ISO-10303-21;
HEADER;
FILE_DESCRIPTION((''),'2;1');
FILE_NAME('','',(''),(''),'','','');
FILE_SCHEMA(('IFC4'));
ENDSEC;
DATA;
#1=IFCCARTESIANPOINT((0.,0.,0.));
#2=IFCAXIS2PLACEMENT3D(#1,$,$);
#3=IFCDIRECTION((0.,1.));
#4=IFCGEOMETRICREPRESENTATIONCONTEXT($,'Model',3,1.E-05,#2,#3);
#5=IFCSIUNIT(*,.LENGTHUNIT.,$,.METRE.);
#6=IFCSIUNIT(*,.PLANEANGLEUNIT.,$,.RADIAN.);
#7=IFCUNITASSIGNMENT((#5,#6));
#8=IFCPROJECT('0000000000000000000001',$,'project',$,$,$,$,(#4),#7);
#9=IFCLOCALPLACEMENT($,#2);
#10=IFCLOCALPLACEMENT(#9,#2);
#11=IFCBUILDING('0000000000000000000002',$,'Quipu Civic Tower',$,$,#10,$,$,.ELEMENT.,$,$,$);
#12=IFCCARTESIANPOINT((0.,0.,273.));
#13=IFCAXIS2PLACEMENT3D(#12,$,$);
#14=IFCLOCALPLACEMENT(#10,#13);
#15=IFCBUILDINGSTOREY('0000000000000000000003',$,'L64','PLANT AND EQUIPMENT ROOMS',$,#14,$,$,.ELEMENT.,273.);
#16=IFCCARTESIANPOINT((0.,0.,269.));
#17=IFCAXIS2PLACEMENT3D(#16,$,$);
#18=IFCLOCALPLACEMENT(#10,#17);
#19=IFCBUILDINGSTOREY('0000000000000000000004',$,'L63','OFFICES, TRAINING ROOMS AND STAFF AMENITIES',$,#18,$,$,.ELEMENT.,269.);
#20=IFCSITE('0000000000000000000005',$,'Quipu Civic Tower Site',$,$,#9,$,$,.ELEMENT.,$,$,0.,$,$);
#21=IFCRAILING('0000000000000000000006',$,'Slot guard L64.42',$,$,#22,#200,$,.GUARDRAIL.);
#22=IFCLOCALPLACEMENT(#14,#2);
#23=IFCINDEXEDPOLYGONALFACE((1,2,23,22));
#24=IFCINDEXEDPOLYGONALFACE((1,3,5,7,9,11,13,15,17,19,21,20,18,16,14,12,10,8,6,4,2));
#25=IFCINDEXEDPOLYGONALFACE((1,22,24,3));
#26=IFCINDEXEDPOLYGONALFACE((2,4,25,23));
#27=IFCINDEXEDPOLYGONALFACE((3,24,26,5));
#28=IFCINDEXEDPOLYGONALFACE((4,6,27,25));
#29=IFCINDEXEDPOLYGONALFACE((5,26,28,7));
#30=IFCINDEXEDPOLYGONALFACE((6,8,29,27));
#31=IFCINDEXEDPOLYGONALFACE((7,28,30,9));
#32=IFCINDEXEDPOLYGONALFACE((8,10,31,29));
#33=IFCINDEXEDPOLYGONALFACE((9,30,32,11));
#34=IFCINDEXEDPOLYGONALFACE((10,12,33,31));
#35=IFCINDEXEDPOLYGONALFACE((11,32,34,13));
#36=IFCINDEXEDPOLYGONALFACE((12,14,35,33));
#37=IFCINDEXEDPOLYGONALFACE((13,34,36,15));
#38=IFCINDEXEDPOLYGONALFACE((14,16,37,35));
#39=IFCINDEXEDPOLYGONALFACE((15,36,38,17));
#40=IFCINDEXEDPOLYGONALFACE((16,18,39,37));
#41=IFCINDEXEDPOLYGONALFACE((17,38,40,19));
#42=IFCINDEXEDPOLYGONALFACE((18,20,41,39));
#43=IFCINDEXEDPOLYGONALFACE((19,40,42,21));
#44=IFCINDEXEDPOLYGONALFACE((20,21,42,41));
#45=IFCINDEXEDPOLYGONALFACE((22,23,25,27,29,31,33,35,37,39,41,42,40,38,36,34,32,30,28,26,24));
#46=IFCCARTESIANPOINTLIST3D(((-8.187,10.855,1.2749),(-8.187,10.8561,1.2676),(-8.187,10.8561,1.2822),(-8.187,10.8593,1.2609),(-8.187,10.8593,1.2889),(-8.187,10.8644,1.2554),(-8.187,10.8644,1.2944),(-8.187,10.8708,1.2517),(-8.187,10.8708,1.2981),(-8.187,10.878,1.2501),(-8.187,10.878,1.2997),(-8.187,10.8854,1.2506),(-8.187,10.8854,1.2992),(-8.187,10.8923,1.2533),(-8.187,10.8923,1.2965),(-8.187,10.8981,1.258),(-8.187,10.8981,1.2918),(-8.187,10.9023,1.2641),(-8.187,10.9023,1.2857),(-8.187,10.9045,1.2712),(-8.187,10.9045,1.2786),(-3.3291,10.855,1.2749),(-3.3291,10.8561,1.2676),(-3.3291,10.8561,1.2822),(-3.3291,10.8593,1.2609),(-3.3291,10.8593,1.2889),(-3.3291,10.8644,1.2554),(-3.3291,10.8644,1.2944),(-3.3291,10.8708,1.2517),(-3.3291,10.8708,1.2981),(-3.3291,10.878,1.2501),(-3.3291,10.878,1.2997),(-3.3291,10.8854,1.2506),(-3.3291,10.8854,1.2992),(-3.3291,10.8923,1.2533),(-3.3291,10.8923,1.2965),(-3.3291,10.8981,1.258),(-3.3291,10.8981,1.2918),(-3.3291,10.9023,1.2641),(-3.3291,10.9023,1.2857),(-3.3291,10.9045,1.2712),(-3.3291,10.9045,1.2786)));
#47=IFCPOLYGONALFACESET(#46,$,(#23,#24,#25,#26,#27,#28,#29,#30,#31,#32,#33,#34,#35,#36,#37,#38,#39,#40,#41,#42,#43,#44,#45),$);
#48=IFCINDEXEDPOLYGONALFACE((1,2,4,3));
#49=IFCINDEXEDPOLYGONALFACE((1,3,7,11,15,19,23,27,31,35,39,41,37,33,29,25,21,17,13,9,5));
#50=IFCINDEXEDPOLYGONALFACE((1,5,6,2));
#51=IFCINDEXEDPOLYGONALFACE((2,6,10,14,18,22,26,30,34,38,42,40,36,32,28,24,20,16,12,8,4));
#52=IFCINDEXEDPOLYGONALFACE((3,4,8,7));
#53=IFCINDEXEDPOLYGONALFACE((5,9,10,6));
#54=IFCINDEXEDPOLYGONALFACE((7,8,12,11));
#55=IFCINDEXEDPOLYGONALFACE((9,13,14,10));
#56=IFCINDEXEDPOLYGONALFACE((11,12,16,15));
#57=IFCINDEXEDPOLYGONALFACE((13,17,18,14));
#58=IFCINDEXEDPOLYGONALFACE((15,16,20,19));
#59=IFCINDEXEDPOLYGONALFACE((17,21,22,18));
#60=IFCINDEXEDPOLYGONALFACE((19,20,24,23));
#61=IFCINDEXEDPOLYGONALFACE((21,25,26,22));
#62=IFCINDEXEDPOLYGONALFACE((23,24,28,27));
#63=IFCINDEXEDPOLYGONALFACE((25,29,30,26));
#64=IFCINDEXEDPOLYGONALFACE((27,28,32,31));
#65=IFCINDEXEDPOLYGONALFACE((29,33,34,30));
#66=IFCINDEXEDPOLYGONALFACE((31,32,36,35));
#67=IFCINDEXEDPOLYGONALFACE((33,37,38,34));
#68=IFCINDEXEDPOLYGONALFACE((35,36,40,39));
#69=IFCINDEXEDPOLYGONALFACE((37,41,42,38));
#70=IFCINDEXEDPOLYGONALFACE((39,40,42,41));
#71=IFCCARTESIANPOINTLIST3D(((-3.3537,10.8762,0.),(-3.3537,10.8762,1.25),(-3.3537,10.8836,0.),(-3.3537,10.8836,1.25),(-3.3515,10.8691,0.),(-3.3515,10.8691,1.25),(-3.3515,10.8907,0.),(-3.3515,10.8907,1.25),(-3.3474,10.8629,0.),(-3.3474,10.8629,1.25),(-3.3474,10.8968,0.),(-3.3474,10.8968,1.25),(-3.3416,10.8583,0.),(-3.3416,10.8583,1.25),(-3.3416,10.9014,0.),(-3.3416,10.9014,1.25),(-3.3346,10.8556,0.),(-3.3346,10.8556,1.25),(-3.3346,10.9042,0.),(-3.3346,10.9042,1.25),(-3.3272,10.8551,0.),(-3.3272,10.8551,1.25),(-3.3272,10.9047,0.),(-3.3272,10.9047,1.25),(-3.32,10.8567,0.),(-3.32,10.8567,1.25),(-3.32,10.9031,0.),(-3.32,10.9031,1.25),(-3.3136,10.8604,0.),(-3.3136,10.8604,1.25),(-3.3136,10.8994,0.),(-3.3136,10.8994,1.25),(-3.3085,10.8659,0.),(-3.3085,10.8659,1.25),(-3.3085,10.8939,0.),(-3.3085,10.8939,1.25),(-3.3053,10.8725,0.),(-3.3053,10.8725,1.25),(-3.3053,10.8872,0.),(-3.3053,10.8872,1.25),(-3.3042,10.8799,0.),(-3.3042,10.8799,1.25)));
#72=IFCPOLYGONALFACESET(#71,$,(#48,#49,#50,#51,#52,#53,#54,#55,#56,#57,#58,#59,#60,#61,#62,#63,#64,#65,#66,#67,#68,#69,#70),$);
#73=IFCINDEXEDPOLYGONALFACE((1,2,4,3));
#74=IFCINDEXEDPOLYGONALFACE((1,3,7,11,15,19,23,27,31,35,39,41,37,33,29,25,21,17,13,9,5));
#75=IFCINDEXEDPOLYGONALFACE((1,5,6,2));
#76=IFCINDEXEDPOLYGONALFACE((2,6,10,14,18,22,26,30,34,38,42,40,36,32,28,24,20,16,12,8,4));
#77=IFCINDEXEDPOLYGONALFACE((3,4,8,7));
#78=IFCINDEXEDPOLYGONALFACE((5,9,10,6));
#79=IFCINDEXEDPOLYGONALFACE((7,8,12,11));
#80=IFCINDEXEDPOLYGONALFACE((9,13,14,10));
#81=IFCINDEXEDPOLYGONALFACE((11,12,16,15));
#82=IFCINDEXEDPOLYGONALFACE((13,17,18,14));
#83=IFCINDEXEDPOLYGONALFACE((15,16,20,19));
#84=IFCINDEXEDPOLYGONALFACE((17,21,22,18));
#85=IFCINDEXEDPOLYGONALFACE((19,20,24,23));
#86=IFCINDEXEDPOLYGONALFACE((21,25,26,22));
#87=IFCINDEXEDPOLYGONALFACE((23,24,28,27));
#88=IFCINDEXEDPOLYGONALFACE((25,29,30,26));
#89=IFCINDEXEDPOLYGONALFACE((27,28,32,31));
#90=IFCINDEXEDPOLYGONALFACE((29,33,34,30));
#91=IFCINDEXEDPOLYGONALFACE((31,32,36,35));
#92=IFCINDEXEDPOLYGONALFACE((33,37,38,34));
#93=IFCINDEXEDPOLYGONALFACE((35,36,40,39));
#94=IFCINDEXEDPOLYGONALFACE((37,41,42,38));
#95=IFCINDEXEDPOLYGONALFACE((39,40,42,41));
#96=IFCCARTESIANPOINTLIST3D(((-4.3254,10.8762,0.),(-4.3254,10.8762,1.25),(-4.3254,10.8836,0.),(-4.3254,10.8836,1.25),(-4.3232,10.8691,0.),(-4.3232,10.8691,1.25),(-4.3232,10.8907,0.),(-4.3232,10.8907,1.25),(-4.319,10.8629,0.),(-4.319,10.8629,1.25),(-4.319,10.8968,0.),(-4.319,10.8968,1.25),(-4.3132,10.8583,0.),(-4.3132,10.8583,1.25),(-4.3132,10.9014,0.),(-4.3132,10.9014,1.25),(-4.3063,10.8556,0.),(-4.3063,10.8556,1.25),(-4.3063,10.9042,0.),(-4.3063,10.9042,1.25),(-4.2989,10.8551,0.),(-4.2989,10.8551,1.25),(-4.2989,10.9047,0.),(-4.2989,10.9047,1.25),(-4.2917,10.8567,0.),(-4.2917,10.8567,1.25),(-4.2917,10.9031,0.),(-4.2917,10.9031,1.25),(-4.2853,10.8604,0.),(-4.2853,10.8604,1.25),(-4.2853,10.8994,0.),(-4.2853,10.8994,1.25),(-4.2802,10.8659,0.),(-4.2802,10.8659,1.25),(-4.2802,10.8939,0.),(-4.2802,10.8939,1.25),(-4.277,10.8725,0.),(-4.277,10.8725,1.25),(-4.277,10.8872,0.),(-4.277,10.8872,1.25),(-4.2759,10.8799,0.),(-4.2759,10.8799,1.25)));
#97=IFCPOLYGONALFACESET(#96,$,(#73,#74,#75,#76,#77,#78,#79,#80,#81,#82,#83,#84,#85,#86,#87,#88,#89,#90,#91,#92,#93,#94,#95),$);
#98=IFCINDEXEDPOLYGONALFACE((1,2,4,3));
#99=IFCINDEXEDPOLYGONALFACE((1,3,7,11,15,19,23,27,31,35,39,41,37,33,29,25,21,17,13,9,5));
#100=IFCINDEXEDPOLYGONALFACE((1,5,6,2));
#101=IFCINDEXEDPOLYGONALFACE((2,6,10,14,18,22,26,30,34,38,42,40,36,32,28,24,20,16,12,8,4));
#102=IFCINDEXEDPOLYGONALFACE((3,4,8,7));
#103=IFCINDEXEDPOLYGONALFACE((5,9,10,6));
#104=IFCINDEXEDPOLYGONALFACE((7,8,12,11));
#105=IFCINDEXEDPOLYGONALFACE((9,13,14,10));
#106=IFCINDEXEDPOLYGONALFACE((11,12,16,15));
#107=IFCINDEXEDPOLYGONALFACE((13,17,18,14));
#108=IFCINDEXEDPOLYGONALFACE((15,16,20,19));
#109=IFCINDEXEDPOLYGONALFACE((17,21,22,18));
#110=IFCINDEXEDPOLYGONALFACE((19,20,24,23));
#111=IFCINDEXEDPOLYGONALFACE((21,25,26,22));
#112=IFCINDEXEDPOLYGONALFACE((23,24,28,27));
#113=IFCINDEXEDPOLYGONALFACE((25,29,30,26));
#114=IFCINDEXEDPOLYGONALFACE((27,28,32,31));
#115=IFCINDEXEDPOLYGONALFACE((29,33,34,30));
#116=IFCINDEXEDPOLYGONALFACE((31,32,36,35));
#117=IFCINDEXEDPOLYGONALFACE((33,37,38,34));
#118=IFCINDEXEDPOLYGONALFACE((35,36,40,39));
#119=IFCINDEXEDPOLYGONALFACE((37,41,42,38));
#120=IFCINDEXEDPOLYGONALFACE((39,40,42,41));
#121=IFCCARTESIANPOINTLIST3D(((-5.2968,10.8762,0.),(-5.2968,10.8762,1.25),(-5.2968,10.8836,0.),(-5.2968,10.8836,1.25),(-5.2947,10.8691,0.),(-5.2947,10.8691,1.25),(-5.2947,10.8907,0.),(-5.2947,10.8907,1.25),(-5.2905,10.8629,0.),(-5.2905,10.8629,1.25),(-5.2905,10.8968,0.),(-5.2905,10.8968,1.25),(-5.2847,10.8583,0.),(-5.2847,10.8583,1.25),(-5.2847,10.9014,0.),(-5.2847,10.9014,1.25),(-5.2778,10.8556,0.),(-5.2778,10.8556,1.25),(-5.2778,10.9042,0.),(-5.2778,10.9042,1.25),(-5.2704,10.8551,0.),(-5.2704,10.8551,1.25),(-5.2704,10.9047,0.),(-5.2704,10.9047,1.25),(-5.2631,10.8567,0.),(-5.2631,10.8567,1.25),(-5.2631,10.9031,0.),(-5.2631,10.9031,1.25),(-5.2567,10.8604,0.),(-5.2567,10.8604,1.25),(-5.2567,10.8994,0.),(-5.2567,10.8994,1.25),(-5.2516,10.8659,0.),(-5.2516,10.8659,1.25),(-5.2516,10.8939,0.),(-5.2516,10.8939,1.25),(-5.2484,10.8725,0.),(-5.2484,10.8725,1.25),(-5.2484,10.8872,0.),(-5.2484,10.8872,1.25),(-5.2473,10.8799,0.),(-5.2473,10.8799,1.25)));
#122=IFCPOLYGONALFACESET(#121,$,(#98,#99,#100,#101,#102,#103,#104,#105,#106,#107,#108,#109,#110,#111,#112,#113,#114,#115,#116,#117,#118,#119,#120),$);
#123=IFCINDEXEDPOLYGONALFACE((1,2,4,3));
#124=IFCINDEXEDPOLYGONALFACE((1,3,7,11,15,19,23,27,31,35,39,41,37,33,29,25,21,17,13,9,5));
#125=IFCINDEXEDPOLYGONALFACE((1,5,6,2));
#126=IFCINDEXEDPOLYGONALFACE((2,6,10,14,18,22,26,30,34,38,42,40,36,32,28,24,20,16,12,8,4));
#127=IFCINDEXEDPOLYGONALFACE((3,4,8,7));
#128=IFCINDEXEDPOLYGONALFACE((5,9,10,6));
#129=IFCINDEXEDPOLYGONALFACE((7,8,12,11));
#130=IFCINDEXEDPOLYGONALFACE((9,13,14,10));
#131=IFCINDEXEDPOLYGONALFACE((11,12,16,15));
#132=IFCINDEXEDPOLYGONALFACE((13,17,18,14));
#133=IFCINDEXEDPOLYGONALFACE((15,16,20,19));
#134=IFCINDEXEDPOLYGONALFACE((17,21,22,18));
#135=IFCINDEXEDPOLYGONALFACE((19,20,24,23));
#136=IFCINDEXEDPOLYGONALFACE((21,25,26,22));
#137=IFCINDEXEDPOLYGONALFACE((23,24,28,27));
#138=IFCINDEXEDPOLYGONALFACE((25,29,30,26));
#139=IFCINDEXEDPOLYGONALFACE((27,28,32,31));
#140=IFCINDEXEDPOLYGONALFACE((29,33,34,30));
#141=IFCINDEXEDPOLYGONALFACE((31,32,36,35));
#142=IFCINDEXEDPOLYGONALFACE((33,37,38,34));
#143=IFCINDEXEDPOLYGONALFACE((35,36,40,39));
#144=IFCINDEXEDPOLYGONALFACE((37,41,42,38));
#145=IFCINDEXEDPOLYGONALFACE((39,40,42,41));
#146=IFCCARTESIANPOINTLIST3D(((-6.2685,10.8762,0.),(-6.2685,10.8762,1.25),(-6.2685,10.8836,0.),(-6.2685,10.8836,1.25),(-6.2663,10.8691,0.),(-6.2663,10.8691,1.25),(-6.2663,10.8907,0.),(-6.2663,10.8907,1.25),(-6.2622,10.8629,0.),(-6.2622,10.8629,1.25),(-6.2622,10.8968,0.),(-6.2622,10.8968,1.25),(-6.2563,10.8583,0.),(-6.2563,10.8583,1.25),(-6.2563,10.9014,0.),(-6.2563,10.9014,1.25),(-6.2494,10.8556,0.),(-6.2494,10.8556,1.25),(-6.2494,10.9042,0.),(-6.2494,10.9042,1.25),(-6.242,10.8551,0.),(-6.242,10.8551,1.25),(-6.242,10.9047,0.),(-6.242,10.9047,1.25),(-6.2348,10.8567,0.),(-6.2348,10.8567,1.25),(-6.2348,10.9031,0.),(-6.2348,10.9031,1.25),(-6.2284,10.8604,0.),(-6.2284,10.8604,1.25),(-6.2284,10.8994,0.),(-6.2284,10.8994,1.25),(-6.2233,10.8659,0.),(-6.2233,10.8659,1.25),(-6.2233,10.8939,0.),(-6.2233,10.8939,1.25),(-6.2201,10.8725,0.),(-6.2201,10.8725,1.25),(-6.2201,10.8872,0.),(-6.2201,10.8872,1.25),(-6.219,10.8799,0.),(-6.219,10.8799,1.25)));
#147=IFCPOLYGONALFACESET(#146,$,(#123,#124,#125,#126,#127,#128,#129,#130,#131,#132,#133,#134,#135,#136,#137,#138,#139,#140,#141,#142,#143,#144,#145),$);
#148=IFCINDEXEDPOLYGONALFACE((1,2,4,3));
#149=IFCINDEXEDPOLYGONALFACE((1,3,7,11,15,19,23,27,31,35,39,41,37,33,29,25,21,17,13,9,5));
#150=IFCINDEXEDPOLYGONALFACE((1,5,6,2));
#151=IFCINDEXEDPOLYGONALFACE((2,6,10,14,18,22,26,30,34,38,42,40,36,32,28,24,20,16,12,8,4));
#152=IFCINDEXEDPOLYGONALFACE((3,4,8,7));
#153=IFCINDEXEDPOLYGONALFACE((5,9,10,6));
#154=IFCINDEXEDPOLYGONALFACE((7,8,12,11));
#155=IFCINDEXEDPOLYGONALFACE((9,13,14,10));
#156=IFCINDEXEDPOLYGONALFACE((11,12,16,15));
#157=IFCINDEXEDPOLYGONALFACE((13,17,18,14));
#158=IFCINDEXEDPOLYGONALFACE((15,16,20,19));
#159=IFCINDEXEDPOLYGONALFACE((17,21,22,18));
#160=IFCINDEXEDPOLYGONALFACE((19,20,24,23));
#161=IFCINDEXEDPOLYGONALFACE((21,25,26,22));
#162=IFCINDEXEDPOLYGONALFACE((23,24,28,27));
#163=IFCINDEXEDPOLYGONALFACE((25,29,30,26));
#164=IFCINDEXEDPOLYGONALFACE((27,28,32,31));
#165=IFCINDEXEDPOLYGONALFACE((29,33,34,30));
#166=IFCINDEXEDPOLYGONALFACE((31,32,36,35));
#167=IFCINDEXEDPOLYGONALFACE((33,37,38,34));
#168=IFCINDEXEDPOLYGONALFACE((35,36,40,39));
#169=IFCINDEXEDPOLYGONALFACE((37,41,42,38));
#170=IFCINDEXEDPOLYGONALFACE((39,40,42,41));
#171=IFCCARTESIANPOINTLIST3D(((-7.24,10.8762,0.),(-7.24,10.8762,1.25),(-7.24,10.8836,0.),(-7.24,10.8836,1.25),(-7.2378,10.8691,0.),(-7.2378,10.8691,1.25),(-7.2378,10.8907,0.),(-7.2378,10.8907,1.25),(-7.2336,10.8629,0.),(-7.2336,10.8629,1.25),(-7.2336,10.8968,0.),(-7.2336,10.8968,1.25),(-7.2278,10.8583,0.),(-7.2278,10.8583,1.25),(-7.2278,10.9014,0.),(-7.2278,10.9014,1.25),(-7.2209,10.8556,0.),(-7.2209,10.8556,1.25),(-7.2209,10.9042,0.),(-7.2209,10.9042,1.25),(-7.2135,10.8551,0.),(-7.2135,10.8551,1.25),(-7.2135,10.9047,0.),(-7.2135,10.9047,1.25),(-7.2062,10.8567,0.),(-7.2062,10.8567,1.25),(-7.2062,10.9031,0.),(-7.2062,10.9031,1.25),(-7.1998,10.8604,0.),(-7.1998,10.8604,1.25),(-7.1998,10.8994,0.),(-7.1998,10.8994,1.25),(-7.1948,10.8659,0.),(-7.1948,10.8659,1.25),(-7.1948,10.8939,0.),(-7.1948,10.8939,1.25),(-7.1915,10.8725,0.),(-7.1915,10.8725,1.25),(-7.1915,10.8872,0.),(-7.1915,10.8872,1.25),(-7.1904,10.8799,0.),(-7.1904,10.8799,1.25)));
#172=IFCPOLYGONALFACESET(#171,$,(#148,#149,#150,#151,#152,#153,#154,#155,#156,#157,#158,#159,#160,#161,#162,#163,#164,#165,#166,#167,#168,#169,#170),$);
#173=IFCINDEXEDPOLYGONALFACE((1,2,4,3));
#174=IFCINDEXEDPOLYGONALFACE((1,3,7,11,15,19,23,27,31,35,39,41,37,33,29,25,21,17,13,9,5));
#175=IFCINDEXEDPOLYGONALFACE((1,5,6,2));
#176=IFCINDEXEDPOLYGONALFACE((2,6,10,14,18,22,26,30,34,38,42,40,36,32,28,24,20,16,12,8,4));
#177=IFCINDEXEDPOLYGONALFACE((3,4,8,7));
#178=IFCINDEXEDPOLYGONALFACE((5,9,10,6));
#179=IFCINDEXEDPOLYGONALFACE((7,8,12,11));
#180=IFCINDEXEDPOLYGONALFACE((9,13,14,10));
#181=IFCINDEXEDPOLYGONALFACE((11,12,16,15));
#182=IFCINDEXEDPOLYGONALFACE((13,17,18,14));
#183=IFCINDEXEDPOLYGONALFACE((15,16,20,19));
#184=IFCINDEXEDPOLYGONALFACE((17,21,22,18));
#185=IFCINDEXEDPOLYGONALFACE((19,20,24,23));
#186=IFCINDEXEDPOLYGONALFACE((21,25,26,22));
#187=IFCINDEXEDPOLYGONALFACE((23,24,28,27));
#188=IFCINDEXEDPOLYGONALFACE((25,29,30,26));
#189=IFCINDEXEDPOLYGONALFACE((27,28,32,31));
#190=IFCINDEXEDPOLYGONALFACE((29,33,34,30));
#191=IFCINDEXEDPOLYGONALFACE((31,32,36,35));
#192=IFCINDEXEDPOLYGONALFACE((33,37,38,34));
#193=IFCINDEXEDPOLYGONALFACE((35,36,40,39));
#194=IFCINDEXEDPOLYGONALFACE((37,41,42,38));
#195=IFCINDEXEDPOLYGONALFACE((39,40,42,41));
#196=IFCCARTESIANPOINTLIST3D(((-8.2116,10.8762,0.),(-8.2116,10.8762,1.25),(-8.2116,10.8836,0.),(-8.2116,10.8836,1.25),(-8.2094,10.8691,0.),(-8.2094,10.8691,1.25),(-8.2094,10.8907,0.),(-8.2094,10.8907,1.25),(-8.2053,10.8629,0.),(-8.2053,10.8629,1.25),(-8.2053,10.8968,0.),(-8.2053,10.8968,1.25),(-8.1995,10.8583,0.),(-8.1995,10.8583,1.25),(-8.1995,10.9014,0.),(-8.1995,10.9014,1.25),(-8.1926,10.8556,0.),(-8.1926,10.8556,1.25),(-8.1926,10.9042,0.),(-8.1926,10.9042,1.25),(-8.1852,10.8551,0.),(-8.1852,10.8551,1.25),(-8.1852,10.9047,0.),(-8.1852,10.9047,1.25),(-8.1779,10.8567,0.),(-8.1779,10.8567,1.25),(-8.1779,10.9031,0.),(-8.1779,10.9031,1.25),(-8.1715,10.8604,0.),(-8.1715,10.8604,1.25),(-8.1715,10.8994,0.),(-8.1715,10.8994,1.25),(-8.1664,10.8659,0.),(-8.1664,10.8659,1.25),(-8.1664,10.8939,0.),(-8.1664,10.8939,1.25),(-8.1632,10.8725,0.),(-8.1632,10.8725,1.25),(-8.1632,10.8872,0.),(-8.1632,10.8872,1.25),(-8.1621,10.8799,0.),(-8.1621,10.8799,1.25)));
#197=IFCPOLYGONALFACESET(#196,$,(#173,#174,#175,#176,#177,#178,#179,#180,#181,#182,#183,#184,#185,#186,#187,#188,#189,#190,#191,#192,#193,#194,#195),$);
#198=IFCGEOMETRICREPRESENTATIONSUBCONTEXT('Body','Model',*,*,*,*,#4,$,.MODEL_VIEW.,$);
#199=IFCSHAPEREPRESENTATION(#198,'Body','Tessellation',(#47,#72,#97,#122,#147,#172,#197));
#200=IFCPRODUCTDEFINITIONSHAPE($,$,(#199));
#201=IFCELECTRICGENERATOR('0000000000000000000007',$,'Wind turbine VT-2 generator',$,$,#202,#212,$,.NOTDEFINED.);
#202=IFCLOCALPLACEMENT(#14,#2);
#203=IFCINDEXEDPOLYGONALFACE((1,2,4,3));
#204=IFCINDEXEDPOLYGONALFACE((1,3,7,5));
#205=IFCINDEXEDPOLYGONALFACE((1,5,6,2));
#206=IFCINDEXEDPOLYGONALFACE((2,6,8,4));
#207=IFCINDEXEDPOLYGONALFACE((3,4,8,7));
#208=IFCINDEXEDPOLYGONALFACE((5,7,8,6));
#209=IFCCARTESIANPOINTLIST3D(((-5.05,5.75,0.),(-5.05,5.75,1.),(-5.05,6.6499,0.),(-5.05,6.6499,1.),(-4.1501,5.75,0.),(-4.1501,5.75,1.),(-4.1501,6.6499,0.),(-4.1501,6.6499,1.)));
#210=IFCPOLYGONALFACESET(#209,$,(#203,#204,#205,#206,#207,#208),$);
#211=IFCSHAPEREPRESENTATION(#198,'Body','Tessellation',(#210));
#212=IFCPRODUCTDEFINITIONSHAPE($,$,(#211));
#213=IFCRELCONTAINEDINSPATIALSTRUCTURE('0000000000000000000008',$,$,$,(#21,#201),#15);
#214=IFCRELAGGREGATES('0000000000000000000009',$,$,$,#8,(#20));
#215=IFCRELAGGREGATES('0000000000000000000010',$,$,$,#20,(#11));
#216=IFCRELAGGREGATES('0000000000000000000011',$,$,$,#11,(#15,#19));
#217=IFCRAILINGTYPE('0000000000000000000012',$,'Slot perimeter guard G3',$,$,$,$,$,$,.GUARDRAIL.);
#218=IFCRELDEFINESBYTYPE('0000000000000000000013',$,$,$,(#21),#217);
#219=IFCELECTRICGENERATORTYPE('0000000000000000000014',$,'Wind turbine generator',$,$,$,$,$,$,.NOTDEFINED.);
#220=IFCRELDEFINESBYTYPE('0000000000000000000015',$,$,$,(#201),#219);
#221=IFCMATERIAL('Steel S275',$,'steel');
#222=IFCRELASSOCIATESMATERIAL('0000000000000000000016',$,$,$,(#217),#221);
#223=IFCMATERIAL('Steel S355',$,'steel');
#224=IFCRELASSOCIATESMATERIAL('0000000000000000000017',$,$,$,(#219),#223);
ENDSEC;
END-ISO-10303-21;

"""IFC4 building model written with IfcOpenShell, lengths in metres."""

from ifc_helpers import new_model, si_unit, direction, frame, origin, origin_2d, place, context, subcontext, project, spatial, rectangle, circle, extrude, material, type_object, element, save


model = new_model("IFC4")

# Units and contexts
model_context = context("Model", 3, precision=1e-05, world=origin(), true_north=direction((0.0, 1.0)))
body_context = subcontext(model_context, "Body", "Model", "MODEL_VIEW")
ifc_project = project(units=[si_unit("LENGTHUNIT", "METRE"), si_unit("PLANEANGLEUNIT", "RADIAN")], contexts=[model_context])

# Site, building, storey
site_placement = place(None, origin())
site = spatial("IfcSite", under=ifc_project, at=site_placement, Name="Quipu Civic Tower Site", CompositionType="ELEMENT", RefElevation=0.0)
building_placement = place(site_placement, origin())
building = spatial("IfcBuilding", under=site, at=building_placement, Name="Quipu Civic Tower", CompositionType="ELEMENT")
storey_1_placement = place(building_placement, frame((0.0, 0.0, 273.0)))
storey_1 = spatial("IfcBuildingStorey", under=building, at=storey_1_placement, Name="L64", Description="PLANT AND EQUIPMENT ROOMS", CompositionType="ELEMENT", Elevation=273.0)

# Shared definitions
storey_2_placement = place(building_placement, frame((0.0, 0.0, 269.0)))
storey_2 = spatial("IfcBuildingStorey", under=building, at=storey_2_placement, Name="L63", Description="OFFICES, TRAINING ROOMS AND STAFF AMENITIES", CompositionType="ELEMENT", Elevation=269.0)

# Railing
ifc_material_1 = material(Name="Steel S275", Category="steel")
railing_type = type_object("IfcRailingType", Name="Slot perimeter guard G3", PredefinedType="GUARDRAIL", material=ifc_material_1)
railing_placement = place(storey_1_placement, frame((-3.3291, 10.8799, 0.0)))
element("IfcRailing", 1, at=railing_placement, inside=storey_1, type_object=railing_type, Name="Slot guard L64.42", PredefinedType="GUARDRAIL", context=body_context, shape_type="SweptSolid", body=[
    extrude(circle(Radius=0.0249, at=origin_2d()), frame((0.0, 0.0, 1.2749), z_axis=(-1.0, 0.0, 0.0), x_axis=(0.0, -1.0, 0.0)), (0.0, 0.0, 1.0), 4.8579),
    extrude(circle(Radius=0.0249, at=origin_2d()), origin(), (0.0, 0.0, 1.0), 1.25),
    extrude(circle(Radius=0.0249, at=origin_2d()), frame((-0.9717, 0.0, 0.0)), (0.0, 0.0, 1.0), 1.25),
    extrude(circle(Radius=0.0249, at=origin_2d()), frame((-1.9431, 0.0, 0.0)), (0.0, 0.0, 1.0), 1.25),
    extrude(circle(Radius=0.0249, at=origin_2d()), frame((-2.9148, 0.0, 0.0)), (0.0, 0.0, 1.0), 1.25),
    extrude(circle(Radius=0.0249, at=origin_2d()), frame((-3.8862, 0.0, 0.0)), (0.0, 0.0, 1.0), 1.25),
    extrude(circle(Radius=0.0249, at=origin_2d()), frame((-4.8579, 0.0, 0.0)), (0.0, 0.0, 1.0), 1.25),
])

# Electric generator
ifc_material_2 = material(Name="Steel S355", Category="steel")
electric_generator_type = type_object("IfcElectricGeneratorType", Name="Wind turbine generator", PredefinedType="NOTDEFINED", material=ifc_material_2)
electric_generator_placement = place(storey_1_placement, frame((-4.6001, 6.2, 0.0), z_axis=(0.0, 0.0, 1.0), x_axis=(1.0, 0.0, 0.0)))
element("IfcElectricGenerator", 2, at=electric_generator_placement, inside=storey_1, type_object=electric_generator_type, Name="Wind turbine VT-2 generator", PredefinedType="NOTDEFINED", context=body_context, shape_type="SweptSolid", body=[
    extrude(rectangle(XDim=0.8999, YDim=0.8999, at=origin_2d()), origin(), (0.0, 0.0, 1.0), 1.0),
])

save(model, "model.ifc")
